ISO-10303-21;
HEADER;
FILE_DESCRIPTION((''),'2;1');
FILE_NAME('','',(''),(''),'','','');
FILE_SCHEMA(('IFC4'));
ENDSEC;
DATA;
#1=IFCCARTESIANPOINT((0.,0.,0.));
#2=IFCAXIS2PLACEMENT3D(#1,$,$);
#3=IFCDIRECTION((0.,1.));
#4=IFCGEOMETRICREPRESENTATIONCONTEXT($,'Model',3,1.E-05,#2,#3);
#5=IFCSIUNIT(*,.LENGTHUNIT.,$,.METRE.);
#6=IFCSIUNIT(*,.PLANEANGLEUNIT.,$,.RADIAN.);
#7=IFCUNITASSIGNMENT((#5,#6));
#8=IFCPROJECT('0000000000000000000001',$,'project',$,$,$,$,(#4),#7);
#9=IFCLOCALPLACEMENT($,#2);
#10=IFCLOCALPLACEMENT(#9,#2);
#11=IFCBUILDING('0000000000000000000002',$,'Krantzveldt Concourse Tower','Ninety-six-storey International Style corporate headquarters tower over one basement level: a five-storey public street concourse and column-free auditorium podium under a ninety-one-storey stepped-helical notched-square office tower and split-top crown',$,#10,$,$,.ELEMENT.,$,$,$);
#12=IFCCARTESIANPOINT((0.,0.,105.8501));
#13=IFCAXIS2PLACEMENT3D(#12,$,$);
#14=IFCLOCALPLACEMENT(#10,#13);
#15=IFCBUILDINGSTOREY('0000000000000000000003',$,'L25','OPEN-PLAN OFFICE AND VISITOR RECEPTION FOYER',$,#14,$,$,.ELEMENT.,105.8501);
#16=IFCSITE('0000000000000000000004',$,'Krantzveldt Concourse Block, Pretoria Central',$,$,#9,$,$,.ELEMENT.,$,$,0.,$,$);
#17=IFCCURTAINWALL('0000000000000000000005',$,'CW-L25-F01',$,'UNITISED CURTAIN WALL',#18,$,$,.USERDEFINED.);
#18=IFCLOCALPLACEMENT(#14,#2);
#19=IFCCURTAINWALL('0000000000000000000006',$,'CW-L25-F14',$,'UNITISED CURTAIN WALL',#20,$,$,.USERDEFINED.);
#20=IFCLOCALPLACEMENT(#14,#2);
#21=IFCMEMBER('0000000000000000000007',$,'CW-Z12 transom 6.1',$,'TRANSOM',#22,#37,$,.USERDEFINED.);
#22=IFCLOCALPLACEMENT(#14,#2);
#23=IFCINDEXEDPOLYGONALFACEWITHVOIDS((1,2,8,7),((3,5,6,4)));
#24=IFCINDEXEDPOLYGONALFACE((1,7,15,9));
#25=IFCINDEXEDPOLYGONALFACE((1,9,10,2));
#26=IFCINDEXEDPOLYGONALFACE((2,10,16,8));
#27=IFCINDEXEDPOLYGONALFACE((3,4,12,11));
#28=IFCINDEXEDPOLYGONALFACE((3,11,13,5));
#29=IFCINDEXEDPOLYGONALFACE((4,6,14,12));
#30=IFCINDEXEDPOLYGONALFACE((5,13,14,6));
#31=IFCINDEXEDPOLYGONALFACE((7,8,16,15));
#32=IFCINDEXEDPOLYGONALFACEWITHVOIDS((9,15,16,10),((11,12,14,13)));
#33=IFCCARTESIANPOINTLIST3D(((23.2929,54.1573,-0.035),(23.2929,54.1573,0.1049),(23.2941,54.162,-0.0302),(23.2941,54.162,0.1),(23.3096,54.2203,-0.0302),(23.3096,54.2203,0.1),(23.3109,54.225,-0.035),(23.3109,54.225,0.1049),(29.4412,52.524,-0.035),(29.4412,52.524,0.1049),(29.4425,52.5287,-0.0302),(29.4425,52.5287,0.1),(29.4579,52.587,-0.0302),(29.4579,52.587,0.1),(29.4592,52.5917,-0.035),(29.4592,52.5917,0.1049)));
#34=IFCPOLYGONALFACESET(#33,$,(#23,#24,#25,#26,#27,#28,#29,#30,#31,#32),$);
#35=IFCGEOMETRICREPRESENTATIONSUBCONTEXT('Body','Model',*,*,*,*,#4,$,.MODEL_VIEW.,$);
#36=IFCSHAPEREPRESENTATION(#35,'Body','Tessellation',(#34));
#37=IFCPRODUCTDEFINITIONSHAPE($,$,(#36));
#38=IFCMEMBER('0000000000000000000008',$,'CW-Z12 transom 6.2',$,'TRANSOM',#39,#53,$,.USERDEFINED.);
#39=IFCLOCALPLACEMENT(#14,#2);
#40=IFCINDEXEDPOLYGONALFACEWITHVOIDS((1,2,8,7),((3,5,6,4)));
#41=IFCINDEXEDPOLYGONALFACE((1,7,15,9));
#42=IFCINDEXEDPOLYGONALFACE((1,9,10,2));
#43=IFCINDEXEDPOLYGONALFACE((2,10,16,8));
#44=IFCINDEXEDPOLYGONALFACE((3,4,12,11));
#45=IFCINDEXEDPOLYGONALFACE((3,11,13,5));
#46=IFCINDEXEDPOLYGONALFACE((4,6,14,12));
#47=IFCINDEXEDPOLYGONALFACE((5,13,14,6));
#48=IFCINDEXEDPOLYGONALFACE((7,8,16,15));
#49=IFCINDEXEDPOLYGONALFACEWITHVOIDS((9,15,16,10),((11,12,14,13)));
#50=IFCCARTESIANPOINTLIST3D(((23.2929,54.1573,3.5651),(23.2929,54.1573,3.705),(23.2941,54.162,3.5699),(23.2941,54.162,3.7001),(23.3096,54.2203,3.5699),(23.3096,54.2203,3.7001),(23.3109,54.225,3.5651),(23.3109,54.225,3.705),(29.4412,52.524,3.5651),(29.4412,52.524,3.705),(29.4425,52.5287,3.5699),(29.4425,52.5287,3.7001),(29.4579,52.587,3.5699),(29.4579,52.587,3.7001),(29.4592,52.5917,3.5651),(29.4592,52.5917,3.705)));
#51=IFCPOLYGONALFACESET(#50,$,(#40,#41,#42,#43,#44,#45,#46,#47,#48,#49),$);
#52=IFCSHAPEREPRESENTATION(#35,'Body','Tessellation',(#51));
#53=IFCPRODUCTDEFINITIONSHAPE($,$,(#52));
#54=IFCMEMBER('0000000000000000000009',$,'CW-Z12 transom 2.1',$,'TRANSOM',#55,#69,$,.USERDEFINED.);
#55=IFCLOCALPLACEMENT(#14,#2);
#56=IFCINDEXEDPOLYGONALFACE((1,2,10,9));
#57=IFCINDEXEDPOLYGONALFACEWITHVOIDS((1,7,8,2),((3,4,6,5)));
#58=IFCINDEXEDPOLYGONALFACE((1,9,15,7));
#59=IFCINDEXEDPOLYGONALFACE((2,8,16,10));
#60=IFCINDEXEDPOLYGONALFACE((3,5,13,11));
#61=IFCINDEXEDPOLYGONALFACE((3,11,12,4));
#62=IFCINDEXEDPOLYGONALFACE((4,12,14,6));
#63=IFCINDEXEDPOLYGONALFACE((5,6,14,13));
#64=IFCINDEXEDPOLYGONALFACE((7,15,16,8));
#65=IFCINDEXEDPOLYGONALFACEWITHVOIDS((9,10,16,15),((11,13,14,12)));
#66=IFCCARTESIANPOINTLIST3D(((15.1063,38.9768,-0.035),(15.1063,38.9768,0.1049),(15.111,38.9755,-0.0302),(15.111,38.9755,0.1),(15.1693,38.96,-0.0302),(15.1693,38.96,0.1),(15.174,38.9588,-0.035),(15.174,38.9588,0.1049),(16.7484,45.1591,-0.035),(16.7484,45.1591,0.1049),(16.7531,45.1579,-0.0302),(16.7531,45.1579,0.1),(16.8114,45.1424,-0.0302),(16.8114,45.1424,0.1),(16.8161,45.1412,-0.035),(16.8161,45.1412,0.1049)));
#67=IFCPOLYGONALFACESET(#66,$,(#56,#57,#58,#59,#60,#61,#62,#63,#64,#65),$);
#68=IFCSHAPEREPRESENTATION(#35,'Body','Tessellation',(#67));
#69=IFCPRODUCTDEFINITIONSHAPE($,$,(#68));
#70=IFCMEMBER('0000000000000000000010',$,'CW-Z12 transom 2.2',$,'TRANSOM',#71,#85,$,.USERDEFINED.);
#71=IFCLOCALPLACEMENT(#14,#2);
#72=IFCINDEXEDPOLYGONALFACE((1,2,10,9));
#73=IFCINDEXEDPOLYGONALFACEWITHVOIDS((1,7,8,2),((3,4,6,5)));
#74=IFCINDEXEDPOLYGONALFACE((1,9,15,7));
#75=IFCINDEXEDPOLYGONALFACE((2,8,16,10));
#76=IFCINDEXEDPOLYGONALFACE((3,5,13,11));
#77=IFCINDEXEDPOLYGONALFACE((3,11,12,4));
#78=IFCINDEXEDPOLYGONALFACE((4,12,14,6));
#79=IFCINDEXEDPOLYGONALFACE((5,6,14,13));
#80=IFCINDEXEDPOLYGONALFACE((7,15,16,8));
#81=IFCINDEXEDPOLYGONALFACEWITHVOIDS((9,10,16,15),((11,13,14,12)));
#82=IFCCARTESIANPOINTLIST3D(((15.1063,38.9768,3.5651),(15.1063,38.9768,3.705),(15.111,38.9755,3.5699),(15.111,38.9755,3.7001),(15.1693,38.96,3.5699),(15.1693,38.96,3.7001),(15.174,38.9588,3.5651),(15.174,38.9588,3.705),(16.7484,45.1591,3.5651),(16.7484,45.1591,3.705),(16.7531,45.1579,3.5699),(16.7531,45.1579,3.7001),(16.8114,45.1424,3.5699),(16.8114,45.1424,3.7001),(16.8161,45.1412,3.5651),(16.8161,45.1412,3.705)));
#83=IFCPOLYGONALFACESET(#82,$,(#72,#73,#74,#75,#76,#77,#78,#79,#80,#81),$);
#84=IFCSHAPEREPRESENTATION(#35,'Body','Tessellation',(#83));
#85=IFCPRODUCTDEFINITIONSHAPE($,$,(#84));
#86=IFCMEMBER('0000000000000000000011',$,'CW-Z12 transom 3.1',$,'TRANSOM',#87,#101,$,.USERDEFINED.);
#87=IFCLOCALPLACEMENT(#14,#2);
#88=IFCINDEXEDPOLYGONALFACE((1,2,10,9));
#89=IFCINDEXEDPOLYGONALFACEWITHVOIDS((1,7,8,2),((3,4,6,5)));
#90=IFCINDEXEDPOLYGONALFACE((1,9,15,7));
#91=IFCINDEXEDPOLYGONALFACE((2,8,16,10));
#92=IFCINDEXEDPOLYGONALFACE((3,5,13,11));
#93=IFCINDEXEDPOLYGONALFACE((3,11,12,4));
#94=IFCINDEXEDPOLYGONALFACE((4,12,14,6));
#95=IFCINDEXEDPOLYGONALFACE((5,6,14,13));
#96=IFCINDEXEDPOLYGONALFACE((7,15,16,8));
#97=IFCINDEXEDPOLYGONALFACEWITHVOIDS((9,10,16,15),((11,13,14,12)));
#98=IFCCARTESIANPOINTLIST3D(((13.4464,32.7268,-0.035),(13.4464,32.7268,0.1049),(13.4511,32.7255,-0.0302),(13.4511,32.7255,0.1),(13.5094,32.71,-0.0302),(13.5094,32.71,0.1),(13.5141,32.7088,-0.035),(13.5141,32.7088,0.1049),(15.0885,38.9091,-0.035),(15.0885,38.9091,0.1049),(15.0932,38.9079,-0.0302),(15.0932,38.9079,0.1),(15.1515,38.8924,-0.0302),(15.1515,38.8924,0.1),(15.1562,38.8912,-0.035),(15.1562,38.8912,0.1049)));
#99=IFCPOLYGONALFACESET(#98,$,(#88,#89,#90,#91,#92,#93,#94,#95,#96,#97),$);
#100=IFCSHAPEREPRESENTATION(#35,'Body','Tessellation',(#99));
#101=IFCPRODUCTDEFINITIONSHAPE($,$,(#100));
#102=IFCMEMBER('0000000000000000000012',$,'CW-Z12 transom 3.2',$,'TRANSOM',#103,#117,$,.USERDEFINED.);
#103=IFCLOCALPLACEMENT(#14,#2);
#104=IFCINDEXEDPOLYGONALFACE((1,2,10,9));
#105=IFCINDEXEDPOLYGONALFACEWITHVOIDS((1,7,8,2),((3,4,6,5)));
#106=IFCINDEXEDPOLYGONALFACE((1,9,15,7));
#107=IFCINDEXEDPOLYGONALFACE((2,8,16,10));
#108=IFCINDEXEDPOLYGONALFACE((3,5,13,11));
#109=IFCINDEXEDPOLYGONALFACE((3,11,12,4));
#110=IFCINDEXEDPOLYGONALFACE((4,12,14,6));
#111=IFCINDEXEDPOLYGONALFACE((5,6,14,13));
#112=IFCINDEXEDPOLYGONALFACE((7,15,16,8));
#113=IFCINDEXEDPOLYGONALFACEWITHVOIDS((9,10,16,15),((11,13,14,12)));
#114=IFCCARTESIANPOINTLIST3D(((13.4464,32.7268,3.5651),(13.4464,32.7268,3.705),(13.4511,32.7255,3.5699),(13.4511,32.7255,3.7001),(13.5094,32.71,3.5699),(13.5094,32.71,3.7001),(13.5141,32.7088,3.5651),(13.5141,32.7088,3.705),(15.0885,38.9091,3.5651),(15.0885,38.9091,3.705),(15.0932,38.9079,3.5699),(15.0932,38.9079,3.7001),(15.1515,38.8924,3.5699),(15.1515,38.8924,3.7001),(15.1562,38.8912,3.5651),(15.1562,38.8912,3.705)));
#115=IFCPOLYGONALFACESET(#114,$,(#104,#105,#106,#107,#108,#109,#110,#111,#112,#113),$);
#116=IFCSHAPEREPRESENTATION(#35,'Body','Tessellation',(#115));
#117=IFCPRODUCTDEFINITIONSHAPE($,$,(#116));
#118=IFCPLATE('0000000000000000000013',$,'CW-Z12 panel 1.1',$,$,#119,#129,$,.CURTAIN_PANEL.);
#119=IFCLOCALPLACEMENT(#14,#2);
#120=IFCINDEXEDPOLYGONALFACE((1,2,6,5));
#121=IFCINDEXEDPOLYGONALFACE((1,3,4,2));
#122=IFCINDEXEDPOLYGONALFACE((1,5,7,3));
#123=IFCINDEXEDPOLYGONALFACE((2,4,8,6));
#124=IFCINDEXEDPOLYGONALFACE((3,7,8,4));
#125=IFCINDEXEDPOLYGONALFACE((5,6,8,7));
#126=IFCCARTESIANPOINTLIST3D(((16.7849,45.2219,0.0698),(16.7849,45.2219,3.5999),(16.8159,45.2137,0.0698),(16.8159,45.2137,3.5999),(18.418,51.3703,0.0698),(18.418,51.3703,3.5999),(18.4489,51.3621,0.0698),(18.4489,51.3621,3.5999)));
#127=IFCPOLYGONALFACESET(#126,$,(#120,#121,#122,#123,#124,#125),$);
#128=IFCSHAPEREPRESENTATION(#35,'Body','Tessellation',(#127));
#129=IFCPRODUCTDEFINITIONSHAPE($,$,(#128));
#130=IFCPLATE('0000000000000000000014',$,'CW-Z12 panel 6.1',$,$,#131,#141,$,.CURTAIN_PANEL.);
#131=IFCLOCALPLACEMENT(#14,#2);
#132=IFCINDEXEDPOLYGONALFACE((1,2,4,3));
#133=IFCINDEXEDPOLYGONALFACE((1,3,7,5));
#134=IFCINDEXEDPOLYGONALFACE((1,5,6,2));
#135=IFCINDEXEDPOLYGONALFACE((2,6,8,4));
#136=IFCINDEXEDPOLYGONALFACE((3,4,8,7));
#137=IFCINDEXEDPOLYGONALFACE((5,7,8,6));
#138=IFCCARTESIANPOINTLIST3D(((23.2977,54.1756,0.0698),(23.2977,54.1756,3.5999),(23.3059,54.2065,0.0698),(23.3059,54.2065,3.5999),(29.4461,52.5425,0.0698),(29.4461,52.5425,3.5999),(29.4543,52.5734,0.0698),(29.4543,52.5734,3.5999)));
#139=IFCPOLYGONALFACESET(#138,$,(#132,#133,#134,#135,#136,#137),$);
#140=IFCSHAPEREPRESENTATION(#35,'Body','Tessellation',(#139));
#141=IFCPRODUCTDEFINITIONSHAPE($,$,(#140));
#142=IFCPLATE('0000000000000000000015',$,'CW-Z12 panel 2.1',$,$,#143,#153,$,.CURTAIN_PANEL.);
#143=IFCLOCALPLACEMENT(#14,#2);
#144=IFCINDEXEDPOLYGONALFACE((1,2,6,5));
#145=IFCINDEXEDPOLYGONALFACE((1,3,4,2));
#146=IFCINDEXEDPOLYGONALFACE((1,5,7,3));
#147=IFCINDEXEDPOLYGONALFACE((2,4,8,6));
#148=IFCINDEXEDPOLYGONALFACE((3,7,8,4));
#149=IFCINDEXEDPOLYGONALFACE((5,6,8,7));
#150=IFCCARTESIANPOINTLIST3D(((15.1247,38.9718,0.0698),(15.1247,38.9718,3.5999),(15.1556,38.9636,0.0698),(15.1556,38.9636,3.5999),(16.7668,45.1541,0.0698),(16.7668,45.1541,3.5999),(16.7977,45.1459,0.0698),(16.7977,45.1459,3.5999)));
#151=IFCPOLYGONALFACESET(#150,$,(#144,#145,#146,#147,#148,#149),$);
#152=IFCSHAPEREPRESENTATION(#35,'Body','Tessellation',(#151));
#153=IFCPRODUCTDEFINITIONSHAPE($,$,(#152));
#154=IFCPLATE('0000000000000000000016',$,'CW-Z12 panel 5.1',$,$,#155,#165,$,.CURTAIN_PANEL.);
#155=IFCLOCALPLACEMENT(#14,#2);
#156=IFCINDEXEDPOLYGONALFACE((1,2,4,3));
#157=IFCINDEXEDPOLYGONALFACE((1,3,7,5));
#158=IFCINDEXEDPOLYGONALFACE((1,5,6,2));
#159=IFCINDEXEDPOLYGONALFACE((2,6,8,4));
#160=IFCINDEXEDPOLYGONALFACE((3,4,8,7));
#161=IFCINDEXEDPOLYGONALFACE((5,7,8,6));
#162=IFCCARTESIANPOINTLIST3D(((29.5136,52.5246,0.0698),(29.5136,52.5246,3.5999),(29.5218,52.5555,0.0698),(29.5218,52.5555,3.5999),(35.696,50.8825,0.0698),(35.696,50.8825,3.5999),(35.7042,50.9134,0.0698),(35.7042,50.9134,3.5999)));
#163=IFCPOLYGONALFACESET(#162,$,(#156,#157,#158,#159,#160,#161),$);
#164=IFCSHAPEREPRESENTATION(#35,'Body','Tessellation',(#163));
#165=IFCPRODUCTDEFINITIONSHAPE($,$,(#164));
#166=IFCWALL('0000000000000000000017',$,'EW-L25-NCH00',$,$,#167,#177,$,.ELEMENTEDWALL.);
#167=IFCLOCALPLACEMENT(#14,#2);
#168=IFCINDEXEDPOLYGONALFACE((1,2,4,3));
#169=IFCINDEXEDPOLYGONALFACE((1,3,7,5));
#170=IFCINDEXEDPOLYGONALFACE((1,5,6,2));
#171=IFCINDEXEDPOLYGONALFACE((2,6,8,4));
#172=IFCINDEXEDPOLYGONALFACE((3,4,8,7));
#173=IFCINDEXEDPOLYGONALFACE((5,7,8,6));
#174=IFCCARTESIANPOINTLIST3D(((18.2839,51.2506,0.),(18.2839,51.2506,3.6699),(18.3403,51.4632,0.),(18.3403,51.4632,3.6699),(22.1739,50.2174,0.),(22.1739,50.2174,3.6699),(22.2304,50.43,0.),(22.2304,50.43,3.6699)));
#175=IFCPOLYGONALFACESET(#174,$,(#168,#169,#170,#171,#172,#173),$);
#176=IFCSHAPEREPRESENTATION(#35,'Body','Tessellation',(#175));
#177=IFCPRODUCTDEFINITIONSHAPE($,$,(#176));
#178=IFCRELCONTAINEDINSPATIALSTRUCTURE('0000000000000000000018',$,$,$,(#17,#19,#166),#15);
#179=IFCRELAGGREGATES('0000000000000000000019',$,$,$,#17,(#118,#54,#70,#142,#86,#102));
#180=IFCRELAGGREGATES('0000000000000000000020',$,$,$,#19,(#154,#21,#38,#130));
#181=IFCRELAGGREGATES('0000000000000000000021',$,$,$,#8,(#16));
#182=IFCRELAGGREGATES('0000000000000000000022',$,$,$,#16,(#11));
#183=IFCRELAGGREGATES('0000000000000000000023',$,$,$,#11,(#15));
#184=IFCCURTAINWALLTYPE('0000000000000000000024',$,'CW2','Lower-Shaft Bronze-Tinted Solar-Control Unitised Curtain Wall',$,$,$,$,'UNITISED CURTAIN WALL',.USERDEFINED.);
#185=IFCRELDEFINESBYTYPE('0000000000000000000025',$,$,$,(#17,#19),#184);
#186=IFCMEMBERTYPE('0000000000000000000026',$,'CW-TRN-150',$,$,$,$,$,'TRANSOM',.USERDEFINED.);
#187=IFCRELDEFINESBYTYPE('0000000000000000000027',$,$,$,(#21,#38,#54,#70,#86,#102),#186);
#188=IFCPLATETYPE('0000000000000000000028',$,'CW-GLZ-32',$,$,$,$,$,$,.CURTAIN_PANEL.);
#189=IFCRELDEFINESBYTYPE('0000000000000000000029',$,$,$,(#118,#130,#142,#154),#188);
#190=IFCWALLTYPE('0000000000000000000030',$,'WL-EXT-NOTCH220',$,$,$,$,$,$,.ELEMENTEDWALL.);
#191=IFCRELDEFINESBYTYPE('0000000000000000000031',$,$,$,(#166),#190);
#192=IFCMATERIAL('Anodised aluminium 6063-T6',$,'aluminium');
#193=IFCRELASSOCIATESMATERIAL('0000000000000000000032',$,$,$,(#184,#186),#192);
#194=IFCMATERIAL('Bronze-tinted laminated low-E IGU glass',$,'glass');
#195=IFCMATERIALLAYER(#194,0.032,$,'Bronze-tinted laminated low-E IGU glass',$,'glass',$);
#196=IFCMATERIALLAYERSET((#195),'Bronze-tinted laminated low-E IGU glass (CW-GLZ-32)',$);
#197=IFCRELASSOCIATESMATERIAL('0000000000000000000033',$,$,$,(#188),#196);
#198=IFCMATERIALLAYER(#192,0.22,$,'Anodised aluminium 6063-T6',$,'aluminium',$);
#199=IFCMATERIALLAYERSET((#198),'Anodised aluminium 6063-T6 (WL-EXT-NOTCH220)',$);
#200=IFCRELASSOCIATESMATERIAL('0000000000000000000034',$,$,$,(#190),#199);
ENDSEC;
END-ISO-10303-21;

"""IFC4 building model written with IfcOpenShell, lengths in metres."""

from ifc_helpers import new_model, si_unit, direction, frame, frame_2d, origin, origin_2d, place, context, subcontext, project, spatial, rectangle, hollow_rectangle, extrude, source, transform, mapped, material, layer, layer_set, material_profile, profile_set, type_object, type_shapes, element, aggregate, save


model = new_model("IFC4")

# Units and contexts
model_context = context("Model", 3, precision=1e-05, world=origin(), true_north=direction((0.0, 1.0)))
body_context = subcontext(model_context, "Body", "Model", "MODEL_VIEW")
ifc_project = project(units=[si_unit("LENGTHUNIT", "METRE"), si_unit("PLANEANGLEUNIT", "RADIAN")], contexts=[model_context])

# Site, building, storey
site_placement = place(None, origin())
site = spatial("IfcSite", under=ifc_project, at=site_placement, Name="Krantzveldt Concourse Block, Pretoria Central", CompositionType="ELEMENT", RefElevation=0.0)
building_placement = place(site_placement, origin())
building = spatial("IfcBuilding", under=site, at=building_placement, Name="Krantzveldt Concourse Tower", Description="Ninety-six-storey International Style corporate headquarters tower over one basement level: a five-storey public street concourse and column-free auditorium podium under a ninety-one-storey stepped-helical notched-square office tower and split-top crown", CompositionType="ELEMENT")
storey_placement = place(building_placement, frame((0.0, 0.0, 105.8501)))
storey = spatial("IfcBuildingStorey", under=building, at=storey_placement, Name="L25", Description="OPEN-PLAN OFFICE AND VISITOR RECEPTION FOYER", CompositionType="ELEMENT", Elevation=105.8501)

# Curtain walls
ifc_material_1 = material(Name="Anodised aluminium 6063-T6", Category="aluminium")
curtain_wall_type = type_object("IfcCurtainWallType", Name="CW2", Description="Lower-Shaft Bronze-Tinted Solar-Control Unitised Curtain Wall", ElementType="UNITISED CURTAIN WALL", PredefinedType="USERDEFINED", material=ifc_material_1)
curtain_wall_1_placement = place(storey_placement, origin())
curtain_wall_1 = element("IfcCurtainWall", 1, at=curtain_wall_1_placement, inside=storey, type_object=curtain_wall_type, Name="CW-L25-F01", ObjectType="UNITISED CURTAIN WALL", PredefinedType="USERDEFINED")
curtain_wall_2_placement = place(storey_placement, origin())
curtain_wall_2 = element("IfcCurtainWall", 2, at=curtain_wall_2_placement, inside=storey, type_object=curtain_wall_type, Name="CW-L25-F14", ObjectType="UNITISED CURTAIN WALL", PredefinedType="USERDEFINED")

# Members
ifc_material_profile_1 = material_profile(ifc_material_1, hollow_rectangle(XDim=0.0701, YDim=0.1399, WallThickness=0.0049, at=origin_2d()), Name="Anodised aluminium 6063-T6", Category="aluminium")
ifc_profile_set_1 = profile_set([ifc_material_profile_1], Name="Anodised aluminium 6063-T6 - ALU-TRAN 140x70x5")
member_type_1 = type_object("IfcMemberType", Name="CW-TRN-150", ElementType="TRANSOM", PredefinedType="USERDEFINED", material=ifc_profile_set_1)
shared_shape_1 = source(origin(), body_context, "Body", "SweptSolid", [
    extrude(hollow_rectangle(XDim=0.0701, YDim=0.1399, WallThickness=0.0049, at=origin_2d()), origin(), (0.0, 0.0, 1.0), 6.3616),
])
member_1_placement = place(storey_placement, frame((29.4502, 52.5579, 0.0349), z_axis=(-0.96648, 0.256741, 0.0), x_axis=(-0.256741, -0.96648, 0.0)))
member_1 = element("IfcMember", 3, at=member_1_placement, type_object=member_type_1, Name="CW-Z12 transom 6.1", ObjectType="TRANSOM", PredefinedType="USERDEFINED", context=body_context, shape_type="MappedRepresentation", body=[
    mapped(shared_shape_1, transform((0.0, 0.0, 0.0), x_axis=(1.0, 0.0, 0.0), y_axis=(0.0, 1.0, 0.0), z_axis=(0.0, 0.0, 1.0), scale=1.0)),
])
member_2_placement = place(storey_placement, frame((29.4502, 52.5579, 3.635), z_axis=(-0.96648, 0.256741, 0.0), x_axis=(-0.256741, -0.96648, 0.0)))
member_2 = element("IfcMember", 4, at=member_2_placement, type_object=member_type_1, Name="CW-Z12 transom 6.2", ObjectType="TRANSOM", PredefinedType="USERDEFINED", context=body_context, shape_type="MappedRepresentation", body=[
    mapped(shared_shape_1, transform((0.0, 0.0, 0.0), x_axis=(1.0, 0.0, 0.0), y_axis=(0.0, 1.0, 0.0), z_axis=(0.0, 0.0, 1.0), scale=1.0)),
])
shared_shape_2 = source(origin(), body_context, "Body", "SweptSolid", [
    extrude(hollow_rectangle(XDim=0.0701, YDim=0.1399, WallThickness=0.0049, at=origin_2d()), origin(), (0.0, 0.0, 1.0), 6.3967),
])
type_shapes(member_type_1, [shared_shape_1, shared_shape_2])
member_3_placement = place(storey_placement, frame((16.7822, 45.1501, 0.0349), z_axis=(-0.256708, -0.966489, 0.0), x_axis=(0.966489, -0.256708, 0.0)))
member_3 = element("IfcMember", 5, at=member_3_placement, type_object=member_type_1, Name="CW-Z12 transom 2.1", ObjectType="TRANSOM", PredefinedType="USERDEFINED", context=body_context, shape_type="MappedRepresentation", body=[
    mapped(shared_shape_2, transform((0.0, 0.0, 0.0), x_axis=(1.0, 0.0, 0.0), y_axis=(0.0, 1.0, 0.0), z_axis=(0.0, 0.0, 1.0), scale=1.0)),
])
member_4_placement = place(storey_placement, frame((16.7822, 45.1501, 3.635), z_axis=(-0.256708, -0.966489, 0.0), x_axis=(0.966489, -0.256708, 0.0)))
member_4 = element("IfcMember", 6, at=member_4_placement, type_object=member_type_1, Name="CW-Z12 transom 2.2", ObjectType="TRANSOM", PredefinedType="USERDEFINED", context=body_context, shape_type="MappedRepresentation", body=[
    mapped(shared_shape_2, transform((0.0, 0.0, 0.0), x_axis=(1.0, 0.0, 0.0), y_axis=(0.0, 1.0, 0.0), z_axis=(0.0, 0.0, 1.0), scale=1.0)),
])
member_5_placement = place(storey_placement, frame((15.1223, 38.9001, 0.0349), z_axis=(-0.256708, -0.966489, 0.0), x_axis=(0.966489, -0.256708, 0.0)))
member_5 = element("IfcMember", 7, at=member_5_placement, type_object=member_type_1, Name="CW-Z12 transom 3.1", ObjectType="TRANSOM", PredefinedType="USERDEFINED", context=body_context, shape_type="MappedRepresentation", body=[
    mapped(shared_shape_2, transform((0.0, 0.0, 0.0), x_axis=(1.0, 0.0, 0.0), y_axis=(0.0, 1.0, 0.0), z_axis=(0.0, 0.0, 1.0), scale=1.0)),
])
member_6_placement = place(storey_placement, frame((15.1223, 38.9001, 3.635), z_axis=(-0.256708, -0.966489, 0.0), x_axis=(0.966489, -0.256708, 0.0)))
member_6 = element("IfcMember", 8, at=member_6_placement, type_object=member_type_1, Name="CW-Z12 transom 3.2", ObjectType="TRANSOM", PredefinedType="USERDEFINED", context=body_context, shape_type="MappedRepresentation", body=[
    mapped(shared_shape_2, transform((0.0, 0.0, 0.0), x_axis=(1.0, 0.0, 0.0), y_axis=(0.0, 1.0, 0.0), z_axis=(0.0, 0.0, 1.0), scale=1.0)),
])

# Plates
ifc_material_2 = material(Name="Bronze-tinted laminated low-E IGU glass", Category="glass")
ifc_layer_1 = layer(ifc_material_2, 0.032, Name="Bronze-tinted laminated low-E IGU glass", Category="glass")
ifc_layer_set_1 = layer_set([ifc_layer_1], Name="Bronze-tinted laminated low-E IGU glass (CW-GLZ-32)")
plate_type = type_object("IfcPlateType", Name="CW-GLZ-32", PredefinedType="CURTAIN_PANEL", material=ifc_layer_set_1)
shared_shape_3 = source(origin(), body_context, "Body", "SweptSolid", [
    extrude(rectangle(XDim=6.3616, YDim=0.032, at=origin_2d()), origin(), (0.0, 0.0, 1.0), 3.53),
])
plate_1_placement = place(storey_placement, frame((17.6169, 48.292, 0.0698), z_axis=(0.0, 0.0, 1.0), x_axis=(-0.256711, -0.966488, 0.0)))
plate_1 = element("IfcPlate", 9, at=plate_1_placement, type_object=plate_type, Name="CW-Z12 panel 1.1", PredefinedType="CURTAIN_PANEL", context=body_context, shape_type="MappedRepresentation", body=[
    mapped(shared_shape_3, transform((0.0, 0.0, 0.0), x_axis=(1.0, 0.0, 0.0), y_axis=(0.0, 1.0, 0.0), z_axis=(0.0, 0.0, 1.0), scale=1.0)),
])
plate_2_placement = place(storey_placement, frame((26.376, 53.3745, 0.0698), z_axis=(0.0, 0.0, 1.0), x_axis=(-0.966488, 0.256711, 0.0)))
plate_2 = element("IfcPlate", 10, at=plate_2_placement, type_object=plate_type, Name="CW-Z12 panel 6.1", PredefinedType="CURTAIN_PANEL", context=body_context, shape_type="MappedRepresentation", body=[
    mapped(shared_shape_3, transform((0.0, 0.0, 0.0), x_axis=(1.0, 0.0, 0.0), y_axis=(0.0, 1.0, 0.0), z_axis=(0.0, 0.0, 1.0), scale=1.0)),
])
shared_shape_4 = source(origin(), body_context, "Body", "SweptSolid", [
    extrude(rectangle(XDim=6.3967, YDim=0.032, at=origin_2d()), origin(), (0.0, 0.0, 1.0), 3.53),
])
type_shapes(plate_type, [shared_shape_3, shared_shape_4])
plate_3_placement = place(storey_placement, frame((15.9612, 42.0588, 0.0698), z_axis=(0.0, 0.0, 1.0), x_axis=(-0.256711, -0.966488, 0.0)))
plate_3 = element("IfcPlate", 11, at=plate_3_placement, type_object=plate_type, Name="CW-Z12 panel 2.1", PredefinedType="CURTAIN_PANEL", context=body_context, shape_type="MappedRepresentation", body=[
    mapped(shared_shape_4, transform((0.0, 0.0, 0.0), x_axis=(1.0, 0.0, 0.0), y_axis=(0.0, 1.0, 0.0), z_axis=(0.0, 0.0, 1.0), scale=1.0)),
])
aggregate(curtain_wall_1, [plate_1, member_3, member_4, plate_3, member_5, member_6])
plate_4_placement = place(storey_placement, frame((32.6089, 51.719, 0.0698), z_axis=(0.0, 0.0, 1.0), x_axis=(-0.966488, 0.256711, 0.0)))
plate_4 = element("IfcPlate", 12, at=plate_4_placement, type_object=plate_type, Name="CW-Z12 panel 5.1", PredefinedType="CURTAIN_PANEL", context=body_context, shape_type="MappedRepresentation", body=[
    mapped(shared_shape_4, transform((0.0, 0.0, 0.0), x_axis=(1.0, 0.0, 0.0), y_axis=(0.0, 1.0, 0.0), z_axis=(0.0, 0.0, 1.0), scale=1.0)),
])
aggregate(curtain_wall_2, [plate_4, member_1, member_2, plate_2])

# Wall
ifc_layer_2 = layer(ifc_material_1, 0.22, Name="Anodised aluminium 6063-T6", Category="aluminium")
ifc_layer_set_2 = layer_set([ifc_layer_2], Name="Anodised aluminium 6063-T6 (WL-EXT-NOTCH220)")
wall_type_1 = type_object("IfcWallType", Name="WL-EXT-NOTCH220", PredefinedType="ELEMENTEDWALL", material=ifc_layer_set_2)
wall_1_placement = place(storey_placement, frame((22.2021, 50.3237, 0.0), z_axis=(0.0, 0.0, 1.0), x_axis=(-0.966492, 0.256696, 0.0)))
element("IfcWall", 13, at=wall_1_placement, inside=storey, type_object=wall_type_1, Name="EW-L25-NCH00", PredefinedType="ELEMENTEDWALL", context=body_context, shape_type="SweptSolid", body=[
    extrude(rectangle(XDim=4.0249, YDim=0.22, at=frame_2d((2.0125, 0.0))), origin(), (0.0, 0.0, 1.0), 3.6699),
])

save(model, "model.ifc")
